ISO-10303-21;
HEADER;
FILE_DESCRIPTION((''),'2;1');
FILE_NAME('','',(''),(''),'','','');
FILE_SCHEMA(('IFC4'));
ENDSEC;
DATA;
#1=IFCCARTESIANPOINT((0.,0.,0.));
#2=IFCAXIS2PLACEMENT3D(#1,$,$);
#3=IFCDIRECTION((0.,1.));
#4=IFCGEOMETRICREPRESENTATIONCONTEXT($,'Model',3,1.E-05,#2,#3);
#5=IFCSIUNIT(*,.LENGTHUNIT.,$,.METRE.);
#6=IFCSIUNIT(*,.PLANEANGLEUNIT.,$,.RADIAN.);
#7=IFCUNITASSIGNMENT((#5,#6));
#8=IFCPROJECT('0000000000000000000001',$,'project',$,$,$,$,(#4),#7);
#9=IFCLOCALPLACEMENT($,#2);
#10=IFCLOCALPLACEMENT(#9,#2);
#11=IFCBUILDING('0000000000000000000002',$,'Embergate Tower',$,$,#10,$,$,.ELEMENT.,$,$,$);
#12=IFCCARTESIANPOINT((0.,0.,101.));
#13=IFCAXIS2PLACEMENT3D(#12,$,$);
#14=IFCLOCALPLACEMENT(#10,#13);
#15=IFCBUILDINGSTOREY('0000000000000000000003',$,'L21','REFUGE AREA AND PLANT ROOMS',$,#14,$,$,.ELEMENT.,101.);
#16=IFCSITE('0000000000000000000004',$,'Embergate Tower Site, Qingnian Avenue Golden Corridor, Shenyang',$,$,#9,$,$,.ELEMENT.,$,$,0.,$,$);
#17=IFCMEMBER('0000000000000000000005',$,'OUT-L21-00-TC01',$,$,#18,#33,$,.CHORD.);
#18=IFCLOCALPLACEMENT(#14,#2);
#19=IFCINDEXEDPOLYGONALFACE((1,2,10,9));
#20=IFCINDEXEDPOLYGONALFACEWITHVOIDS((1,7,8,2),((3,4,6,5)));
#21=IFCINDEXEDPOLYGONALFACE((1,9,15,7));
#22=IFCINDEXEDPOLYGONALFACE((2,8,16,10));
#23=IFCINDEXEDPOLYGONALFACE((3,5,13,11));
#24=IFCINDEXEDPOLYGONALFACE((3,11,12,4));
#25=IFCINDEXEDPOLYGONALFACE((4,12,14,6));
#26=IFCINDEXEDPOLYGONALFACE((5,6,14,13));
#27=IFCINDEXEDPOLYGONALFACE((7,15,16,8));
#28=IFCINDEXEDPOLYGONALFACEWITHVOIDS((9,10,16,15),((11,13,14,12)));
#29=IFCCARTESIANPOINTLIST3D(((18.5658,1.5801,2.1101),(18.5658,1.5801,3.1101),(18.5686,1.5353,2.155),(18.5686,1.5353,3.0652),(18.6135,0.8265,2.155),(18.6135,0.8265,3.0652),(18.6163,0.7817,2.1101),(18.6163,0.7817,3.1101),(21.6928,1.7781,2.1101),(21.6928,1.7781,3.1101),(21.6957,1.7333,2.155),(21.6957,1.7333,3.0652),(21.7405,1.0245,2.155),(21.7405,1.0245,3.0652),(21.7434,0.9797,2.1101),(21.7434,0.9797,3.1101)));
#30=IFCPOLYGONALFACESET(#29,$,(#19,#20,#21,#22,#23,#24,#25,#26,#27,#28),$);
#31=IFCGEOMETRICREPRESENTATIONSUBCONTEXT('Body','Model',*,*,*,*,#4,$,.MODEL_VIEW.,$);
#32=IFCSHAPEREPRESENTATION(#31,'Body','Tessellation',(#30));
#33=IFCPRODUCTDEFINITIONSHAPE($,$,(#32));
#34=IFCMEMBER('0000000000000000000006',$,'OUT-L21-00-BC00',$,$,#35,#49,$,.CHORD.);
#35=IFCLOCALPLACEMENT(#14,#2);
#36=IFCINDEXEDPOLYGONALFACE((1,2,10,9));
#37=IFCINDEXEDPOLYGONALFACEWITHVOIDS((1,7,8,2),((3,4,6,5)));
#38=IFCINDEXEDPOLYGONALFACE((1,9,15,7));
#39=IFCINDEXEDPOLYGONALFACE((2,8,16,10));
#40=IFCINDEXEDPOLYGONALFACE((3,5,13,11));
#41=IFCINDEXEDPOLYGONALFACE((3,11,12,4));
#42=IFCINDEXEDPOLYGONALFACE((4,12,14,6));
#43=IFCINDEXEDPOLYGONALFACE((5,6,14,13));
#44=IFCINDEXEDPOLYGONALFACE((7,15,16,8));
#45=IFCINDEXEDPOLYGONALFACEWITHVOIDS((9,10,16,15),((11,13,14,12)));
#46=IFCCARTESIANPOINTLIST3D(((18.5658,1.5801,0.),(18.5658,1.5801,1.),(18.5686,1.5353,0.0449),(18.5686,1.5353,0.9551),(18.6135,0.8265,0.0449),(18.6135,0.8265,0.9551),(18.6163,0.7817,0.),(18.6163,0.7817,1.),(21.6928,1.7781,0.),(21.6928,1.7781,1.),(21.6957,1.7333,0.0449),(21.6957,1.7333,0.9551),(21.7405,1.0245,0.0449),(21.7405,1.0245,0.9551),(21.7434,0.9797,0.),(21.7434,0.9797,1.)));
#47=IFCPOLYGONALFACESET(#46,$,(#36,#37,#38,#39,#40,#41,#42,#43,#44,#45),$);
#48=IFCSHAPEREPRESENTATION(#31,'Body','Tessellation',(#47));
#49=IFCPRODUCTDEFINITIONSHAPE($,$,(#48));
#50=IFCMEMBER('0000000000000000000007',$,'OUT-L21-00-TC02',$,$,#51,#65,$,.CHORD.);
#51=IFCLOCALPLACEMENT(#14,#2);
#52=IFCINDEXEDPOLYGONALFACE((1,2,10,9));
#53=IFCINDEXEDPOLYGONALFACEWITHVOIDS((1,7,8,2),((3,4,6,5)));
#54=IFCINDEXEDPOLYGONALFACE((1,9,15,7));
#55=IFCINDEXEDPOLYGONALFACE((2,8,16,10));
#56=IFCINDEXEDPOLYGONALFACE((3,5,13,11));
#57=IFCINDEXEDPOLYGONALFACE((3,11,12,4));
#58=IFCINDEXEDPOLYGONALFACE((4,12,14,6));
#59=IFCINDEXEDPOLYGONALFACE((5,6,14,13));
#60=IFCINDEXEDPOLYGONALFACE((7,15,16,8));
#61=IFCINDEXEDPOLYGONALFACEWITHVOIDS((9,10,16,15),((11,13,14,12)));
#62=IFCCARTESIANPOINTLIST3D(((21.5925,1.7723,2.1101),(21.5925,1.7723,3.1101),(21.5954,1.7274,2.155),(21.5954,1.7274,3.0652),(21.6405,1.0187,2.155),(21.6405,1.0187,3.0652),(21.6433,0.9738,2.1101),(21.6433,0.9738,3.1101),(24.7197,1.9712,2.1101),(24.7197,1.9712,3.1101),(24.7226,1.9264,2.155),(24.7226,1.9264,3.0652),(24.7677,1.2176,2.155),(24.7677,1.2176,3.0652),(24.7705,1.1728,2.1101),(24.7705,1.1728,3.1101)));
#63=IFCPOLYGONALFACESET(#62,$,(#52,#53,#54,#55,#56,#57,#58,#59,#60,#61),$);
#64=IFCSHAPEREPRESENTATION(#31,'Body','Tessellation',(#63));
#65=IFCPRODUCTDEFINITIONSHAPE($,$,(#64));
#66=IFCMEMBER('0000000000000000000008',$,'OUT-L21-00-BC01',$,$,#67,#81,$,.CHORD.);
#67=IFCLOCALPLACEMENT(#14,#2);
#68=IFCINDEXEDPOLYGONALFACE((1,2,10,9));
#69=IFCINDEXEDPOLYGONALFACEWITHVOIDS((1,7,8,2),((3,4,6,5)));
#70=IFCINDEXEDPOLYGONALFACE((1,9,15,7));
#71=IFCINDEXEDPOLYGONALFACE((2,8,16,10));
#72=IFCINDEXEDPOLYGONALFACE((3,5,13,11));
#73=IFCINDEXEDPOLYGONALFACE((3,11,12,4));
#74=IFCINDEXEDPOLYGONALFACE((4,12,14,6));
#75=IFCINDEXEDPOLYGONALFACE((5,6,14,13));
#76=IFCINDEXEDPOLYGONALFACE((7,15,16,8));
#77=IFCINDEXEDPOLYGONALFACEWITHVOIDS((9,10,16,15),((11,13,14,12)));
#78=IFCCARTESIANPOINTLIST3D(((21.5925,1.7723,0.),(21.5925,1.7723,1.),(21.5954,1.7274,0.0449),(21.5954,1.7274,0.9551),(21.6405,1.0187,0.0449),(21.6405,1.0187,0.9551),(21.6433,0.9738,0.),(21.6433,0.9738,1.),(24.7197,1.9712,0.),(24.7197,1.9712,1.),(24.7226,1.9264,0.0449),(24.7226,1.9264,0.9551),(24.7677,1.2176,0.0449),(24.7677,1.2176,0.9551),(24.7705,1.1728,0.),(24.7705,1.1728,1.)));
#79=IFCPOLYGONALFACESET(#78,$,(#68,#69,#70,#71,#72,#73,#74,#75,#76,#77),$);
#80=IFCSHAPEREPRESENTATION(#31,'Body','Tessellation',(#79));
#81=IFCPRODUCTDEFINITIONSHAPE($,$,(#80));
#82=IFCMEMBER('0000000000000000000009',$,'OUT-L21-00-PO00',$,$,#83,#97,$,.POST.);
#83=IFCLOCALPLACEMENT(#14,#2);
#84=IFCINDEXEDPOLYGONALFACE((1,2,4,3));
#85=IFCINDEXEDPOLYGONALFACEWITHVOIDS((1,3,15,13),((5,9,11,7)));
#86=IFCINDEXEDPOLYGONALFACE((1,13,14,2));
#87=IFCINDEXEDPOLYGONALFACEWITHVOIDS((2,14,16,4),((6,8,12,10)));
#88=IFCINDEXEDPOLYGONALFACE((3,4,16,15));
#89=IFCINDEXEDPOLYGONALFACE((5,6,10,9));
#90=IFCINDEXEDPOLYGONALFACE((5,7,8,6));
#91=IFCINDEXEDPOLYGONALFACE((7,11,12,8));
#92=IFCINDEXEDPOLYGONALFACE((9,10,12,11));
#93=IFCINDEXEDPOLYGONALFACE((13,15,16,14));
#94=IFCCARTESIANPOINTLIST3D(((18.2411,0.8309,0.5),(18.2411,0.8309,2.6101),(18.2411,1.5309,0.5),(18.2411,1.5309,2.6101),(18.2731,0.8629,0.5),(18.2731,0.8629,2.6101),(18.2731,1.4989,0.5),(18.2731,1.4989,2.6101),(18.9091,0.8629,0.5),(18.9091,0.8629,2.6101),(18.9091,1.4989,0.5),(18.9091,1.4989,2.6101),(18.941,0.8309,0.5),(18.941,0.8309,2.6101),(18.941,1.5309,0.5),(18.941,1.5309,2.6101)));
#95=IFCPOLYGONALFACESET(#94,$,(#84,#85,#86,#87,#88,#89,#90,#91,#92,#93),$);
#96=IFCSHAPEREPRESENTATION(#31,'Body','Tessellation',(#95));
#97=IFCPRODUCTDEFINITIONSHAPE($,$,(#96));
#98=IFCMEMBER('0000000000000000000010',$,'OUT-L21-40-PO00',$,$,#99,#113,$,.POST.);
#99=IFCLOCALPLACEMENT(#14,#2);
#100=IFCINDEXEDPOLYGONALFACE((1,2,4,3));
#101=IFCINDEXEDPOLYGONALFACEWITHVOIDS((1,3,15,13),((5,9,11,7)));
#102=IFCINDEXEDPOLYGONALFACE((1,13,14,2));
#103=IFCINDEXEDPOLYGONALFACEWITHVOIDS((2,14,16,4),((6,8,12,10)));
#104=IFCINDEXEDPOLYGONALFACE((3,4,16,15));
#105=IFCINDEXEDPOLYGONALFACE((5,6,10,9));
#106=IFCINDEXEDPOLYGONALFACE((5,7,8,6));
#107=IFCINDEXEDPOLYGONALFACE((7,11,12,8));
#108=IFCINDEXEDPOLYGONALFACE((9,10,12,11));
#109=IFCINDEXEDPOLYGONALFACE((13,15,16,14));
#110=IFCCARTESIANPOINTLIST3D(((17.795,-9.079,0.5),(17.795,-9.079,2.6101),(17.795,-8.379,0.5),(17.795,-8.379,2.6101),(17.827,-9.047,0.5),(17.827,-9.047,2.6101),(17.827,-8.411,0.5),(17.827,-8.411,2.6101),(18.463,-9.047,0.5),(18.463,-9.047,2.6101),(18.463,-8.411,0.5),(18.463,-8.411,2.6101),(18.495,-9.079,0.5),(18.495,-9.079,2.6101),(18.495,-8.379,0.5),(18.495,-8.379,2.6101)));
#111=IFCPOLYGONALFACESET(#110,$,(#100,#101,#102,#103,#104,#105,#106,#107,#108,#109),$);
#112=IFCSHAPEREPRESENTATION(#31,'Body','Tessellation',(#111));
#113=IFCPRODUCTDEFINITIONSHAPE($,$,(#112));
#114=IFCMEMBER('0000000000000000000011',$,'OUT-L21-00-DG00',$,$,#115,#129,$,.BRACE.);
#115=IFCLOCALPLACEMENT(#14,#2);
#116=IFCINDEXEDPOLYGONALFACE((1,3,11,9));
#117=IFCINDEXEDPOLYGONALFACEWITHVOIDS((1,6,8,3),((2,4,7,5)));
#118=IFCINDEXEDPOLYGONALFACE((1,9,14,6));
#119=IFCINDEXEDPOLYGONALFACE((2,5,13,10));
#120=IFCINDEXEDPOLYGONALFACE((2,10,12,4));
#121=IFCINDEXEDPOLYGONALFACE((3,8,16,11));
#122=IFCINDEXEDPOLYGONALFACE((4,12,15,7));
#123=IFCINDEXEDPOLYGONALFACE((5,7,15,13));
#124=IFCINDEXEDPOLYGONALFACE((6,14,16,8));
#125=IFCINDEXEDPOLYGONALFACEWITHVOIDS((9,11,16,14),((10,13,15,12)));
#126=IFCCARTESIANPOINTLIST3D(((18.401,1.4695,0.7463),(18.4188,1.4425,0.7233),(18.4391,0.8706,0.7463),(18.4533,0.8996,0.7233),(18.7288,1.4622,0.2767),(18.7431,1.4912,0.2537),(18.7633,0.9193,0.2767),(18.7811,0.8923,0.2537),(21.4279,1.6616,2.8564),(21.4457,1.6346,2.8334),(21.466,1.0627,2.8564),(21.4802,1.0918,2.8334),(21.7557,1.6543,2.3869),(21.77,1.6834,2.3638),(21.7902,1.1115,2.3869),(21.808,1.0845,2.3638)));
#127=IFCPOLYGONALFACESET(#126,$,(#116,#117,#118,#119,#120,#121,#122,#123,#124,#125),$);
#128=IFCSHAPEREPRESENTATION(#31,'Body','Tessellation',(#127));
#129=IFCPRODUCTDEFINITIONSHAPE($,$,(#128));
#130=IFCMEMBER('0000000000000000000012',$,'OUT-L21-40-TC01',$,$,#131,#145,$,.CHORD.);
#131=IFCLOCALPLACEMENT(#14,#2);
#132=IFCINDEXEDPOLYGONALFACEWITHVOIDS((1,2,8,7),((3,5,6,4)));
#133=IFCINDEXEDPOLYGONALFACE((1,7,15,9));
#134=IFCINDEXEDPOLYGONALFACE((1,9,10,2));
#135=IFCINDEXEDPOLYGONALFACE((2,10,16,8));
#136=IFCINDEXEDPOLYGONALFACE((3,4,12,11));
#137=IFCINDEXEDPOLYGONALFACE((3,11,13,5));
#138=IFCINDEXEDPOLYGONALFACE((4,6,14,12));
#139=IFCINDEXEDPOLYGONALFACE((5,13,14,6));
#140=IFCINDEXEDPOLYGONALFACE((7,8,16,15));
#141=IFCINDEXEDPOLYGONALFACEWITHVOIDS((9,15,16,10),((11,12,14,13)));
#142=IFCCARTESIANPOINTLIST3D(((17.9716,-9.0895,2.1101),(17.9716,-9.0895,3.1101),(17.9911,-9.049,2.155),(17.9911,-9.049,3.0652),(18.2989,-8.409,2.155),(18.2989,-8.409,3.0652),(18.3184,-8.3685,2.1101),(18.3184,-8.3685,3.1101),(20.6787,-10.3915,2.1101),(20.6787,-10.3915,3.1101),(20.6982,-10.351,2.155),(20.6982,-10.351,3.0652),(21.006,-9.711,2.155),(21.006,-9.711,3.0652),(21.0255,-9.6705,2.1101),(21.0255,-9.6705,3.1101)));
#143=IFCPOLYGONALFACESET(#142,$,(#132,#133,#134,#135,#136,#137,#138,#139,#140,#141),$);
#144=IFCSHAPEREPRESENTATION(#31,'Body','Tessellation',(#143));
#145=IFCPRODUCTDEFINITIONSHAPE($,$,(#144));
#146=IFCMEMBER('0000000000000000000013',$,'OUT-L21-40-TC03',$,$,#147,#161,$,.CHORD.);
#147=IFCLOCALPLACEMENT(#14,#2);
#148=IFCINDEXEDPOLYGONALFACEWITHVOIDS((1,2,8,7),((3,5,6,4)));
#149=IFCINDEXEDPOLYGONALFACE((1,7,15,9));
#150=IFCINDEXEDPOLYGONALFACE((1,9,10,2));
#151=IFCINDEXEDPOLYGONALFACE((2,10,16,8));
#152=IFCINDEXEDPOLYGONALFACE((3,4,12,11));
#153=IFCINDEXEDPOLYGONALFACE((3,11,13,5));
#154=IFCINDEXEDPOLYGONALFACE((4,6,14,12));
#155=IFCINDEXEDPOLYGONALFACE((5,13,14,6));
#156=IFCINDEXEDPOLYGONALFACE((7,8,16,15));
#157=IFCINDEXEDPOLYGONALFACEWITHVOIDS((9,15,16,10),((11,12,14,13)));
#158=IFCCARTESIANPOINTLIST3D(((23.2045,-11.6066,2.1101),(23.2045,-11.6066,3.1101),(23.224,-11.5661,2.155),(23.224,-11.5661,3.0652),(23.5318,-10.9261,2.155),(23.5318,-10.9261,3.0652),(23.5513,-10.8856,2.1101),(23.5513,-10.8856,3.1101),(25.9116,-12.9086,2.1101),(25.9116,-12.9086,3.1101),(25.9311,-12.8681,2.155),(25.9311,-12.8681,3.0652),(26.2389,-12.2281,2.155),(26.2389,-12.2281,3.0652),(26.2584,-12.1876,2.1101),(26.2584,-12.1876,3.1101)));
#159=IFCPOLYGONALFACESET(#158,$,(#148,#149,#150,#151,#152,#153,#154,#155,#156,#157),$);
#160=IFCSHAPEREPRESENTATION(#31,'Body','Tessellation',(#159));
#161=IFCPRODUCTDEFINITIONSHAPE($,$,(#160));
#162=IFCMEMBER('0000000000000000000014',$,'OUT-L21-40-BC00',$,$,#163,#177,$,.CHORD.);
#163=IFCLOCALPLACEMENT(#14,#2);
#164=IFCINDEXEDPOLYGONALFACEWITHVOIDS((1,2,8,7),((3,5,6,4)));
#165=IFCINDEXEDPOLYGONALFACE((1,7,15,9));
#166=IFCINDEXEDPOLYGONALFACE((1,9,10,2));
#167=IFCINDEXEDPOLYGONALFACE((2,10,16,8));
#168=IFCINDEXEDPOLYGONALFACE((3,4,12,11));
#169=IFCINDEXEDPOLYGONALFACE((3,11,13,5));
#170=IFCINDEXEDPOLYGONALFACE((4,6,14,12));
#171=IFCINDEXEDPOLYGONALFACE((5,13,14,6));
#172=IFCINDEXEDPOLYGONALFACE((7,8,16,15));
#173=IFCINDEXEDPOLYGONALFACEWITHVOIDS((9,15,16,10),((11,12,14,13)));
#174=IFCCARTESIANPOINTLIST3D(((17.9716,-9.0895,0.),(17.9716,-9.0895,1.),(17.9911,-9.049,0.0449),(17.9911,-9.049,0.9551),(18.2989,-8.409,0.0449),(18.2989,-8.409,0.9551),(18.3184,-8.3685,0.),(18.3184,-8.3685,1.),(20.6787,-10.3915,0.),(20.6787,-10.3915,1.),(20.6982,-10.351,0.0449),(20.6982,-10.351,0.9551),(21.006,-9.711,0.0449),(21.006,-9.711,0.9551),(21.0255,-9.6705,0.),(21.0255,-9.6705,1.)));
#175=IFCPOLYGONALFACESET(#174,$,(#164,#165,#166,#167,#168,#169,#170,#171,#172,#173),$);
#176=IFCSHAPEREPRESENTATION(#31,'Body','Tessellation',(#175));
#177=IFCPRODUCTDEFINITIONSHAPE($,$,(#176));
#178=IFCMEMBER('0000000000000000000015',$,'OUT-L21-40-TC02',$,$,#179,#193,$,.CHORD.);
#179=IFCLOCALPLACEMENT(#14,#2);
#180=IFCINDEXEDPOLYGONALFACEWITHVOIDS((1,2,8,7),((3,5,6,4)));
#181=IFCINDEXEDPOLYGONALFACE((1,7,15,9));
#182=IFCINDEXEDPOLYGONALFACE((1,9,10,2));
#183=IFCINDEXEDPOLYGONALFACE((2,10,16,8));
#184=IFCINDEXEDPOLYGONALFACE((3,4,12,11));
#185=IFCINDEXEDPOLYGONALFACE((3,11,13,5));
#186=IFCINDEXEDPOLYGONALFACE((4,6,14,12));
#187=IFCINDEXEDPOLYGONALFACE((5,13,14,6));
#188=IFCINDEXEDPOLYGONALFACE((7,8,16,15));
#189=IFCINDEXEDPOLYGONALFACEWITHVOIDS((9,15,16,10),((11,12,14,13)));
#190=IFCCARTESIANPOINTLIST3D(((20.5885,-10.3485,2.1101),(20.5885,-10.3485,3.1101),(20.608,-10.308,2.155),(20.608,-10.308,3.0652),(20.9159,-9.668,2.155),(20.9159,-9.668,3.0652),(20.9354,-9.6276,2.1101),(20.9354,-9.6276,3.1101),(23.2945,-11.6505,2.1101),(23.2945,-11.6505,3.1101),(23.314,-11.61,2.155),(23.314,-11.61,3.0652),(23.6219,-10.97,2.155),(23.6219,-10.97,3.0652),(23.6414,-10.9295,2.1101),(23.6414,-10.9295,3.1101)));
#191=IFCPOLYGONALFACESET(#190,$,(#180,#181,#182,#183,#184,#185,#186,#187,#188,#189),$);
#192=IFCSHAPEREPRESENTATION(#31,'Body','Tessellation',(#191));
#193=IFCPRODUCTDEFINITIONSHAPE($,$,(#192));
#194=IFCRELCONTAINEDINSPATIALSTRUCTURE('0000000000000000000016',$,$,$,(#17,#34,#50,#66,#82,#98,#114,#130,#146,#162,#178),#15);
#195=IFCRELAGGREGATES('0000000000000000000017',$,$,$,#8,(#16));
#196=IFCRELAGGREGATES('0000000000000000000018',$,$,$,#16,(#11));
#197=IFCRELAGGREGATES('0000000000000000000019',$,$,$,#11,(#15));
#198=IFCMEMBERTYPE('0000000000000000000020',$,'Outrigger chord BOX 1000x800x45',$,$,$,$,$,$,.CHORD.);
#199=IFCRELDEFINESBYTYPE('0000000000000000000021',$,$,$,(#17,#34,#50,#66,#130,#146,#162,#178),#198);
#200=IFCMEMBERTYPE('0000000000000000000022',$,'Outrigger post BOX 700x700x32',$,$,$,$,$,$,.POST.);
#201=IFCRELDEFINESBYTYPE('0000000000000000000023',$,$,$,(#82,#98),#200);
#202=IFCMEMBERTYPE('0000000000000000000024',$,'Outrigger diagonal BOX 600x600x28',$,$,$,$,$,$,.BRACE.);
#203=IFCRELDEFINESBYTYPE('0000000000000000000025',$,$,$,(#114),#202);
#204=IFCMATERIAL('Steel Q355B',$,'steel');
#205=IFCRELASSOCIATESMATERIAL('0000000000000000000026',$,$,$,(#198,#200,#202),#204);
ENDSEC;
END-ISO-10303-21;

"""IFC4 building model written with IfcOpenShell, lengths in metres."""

from ifc_helpers import new_model, si_unit, direction, frame, origin, origin_2d, place, context, subcontext, project, spatial, hollow_rectangle, extrude, source, transform, mapped, material, material_profile, profile_set, type_object, element, save


model = new_model("IFC4")

# Units and contexts
model_context = context("Model", 3, precision=1e-05, world=origin(), true_north=direction((0.0, 1.0)))
body_context = subcontext(model_context, "Body", "Model", "MODEL_VIEW")
ifc_project = project(units=[si_unit("LENGTHUNIT", "METRE"), si_unit("PLANEANGLEUNIT", "RADIAN")], contexts=[model_context])

# Site, building, storey
site_placement = place(None, origin())
site = spatial("IfcSite", under=ifc_project, at=site_placement, Name="Embergate Tower Site, Qingnian Avenue Golden Corridor, Shenyang", CompositionType="ELEMENT", RefElevation=0.0)
building_placement = place(site_placement, origin())
building = spatial("IfcBuilding", under=site, at=building_placement, Name="Embergate Tower", CompositionType="ELEMENT")
storey_placement = place(building_placement, frame((0.0, 0.0, 101.0)))
storey = spatial("IfcBuildingStorey", under=building, at=storey_placement, Name="L21", Description="REFUGE AREA AND PLANT ROOMS", CompositionType="ELEMENT", Elevation=101.0)

# Members
ifc_material_1 = material(Name="Steel Q355B", Category="steel")
ifc_material_profile_1 = material_profile(ifc_material_1, hollow_rectangle(XDim=0.8, YDim=1.0, WallThickness=0.0449, at=origin_2d()), Name="BOX 1000x800x45")
ifc_profile_set_1 = profile_set([ifc_material_profile_1], Name="Steel Q355 grade B")
member_type_1 = type_object("IfcMemberType", Name="Outrigger chord BOX 1000x800x45", PredefinedType="CHORD", material=ifc_profile_set_1)
shared_shape_1 = source(origin(), body_context, "Body", "SweptSolid", [
    extrude(hollow_rectangle(XDim=0.8, YDim=1.0, WallThickness=0.0449, at=origin_2d()), origin(), (0.0, 0.0, 1.0), 3.1333),
])
for number, where, z_axis, x_axis, name in (
    (1, (18.5911, 1.1809, 2.6101), (0.998001, 0.063193, 0.0), (-0.063193, 0.998001, 0.0), "OUT-L21-00-TC01"),
    (2, (18.5911, 1.1809, 0.5), (0.998001, 0.063193, 0.0), (-0.063193, 0.998001, 0.0), "OUT-L21-00-BC00"),
):
    element("IfcMember", number, at=place(storey_placement, frame(where, z_axis=z_axis, x_axis=x_axis)), inside=storey, type_object=member_type_1, Name=name, PredefinedType="CHORD", context=body_context, shape_type="MappedRepresentation", body=[
        mapped(shared_shape_1, transform((0.0, 0.0, 0.0))),
    ])
shared_shape_2 = source(origin(), body_context, "Body", "SweptSolid", [
    extrude(hollow_rectangle(XDim=0.8, YDim=1.0, WallThickness=0.0449, at=origin_2d()), origin(), (0.0, 0.0, 1.0), 3.1335),
])
for number, where, z_axis, x_axis, name in (
    (3, (21.6179, 1.373, 2.6101), (0.997982, 0.063499, 0.0), (-0.063499, 0.997982, 0.0), "OUT-L21-00-TC02"),
    (4, (21.6179, 1.373, 0.5), (0.997982, 0.063499, 0.0), (-0.063499, 0.997982, 0.0), "OUT-L21-00-BC01"),
):
    element("IfcMember", number, at=place(storey_placement, frame(where, z_axis=z_axis, x_axis=x_axis)), inside=storey, type_object=member_type_1, Name=name, PredefinedType="CHORD", context=body_context, shape_type="MappedRepresentation", body=[
        mapped(shared_shape_2, transform((0.0, 0.0, 0.0))),
    ])
ifc_material_profile_2 = material_profile(ifc_material_1, hollow_rectangle(XDim=0.7, YDim=0.7, WallThickness=0.032, at=origin_2d()), Name="BOX 700x700x32")
ifc_profile_set_2 = profile_set([ifc_material_profile_2], Name="Steel Q355 grade B")
member_type_2 = type_object("IfcMemberType", Name="Outrigger post BOX 700x700x32", PredefinedType="POST", material=ifc_profile_set_2)
shared_shape_3 = source(origin(), body_context, "Body", "SweptSolid", [
    extrude(hollow_rectangle(XDim=0.7, YDim=0.7, WallThickness=0.032, at=origin_2d()), origin(), (0.0, 0.0, 1.0), 2.1101),
])
for number, where, z_axis, x_axis, name in (
    (5, (18.5911, 1.1809, 0.5), (0.0, 0.0, 1.0), (1.0, 0.0, 0.0), "OUT-L21-00-PO00"),
    (6, (18.145, -8.729, 0.5), (0.0, 0.0, 1.0), (1.0, 0.0, 0.0), "OUT-L21-40-PO00"),
):
    element("IfcMember", number, at=place(storey_placement, frame(where, z_axis=z_axis, x_axis=x_axis)), inside=storey, type_object=member_type_2, Name=name, PredefinedType="POST", context=body_context, shape_type="MappedRepresentation", body=[
        mapped(shared_shape_3, transform((0.0, 0.0, 0.0))),
    ])
ifc_material_profile_3 = material_profile(ifc_material_1, hollow_rectangle(XDim=0.6001, YDim=0.6001, WallThickness=0.0281, at=origin_2d()), Name="BOX 600x600x28")
ifc_profile_set_3 = profile_set([ifc_material_profile_3], Name="Steel Q355 grade B")
member_type_3 = type_object("IfcMemberType", Name="Outrigger diagonal BOX 600x600x28", PredefinedType="BRACE", material=ifc_profile_set_3)
shared_shape_4 = source(origin(), body_context, "Body", "SweptSolid", [
    extrude(hollow_rectangle(XDim=0.6001, YDim=0.6001, WallThickness=0.0281, at=origin_2d()), origin(), (0.0, 0.0, 1.0), 3.6948),
])
member_1_placement = place(storey_placement, frame((18.5911, 1.1809, 0.5), z_axis=(0.819227, 0.052003, 0.571107), x_axis=(-0.06335, 0.997991, 0.0)))
element("IfcMember", 7, at=member_1_placement, inside=storey, type_object=member_type_3, Name="OUT-L21-00-DG00", PredefinedType="BRACE", context=body_context, shape_type="MappedRepresentation", body=[
    mapped(shared_shape_4, transform((0.0, 0.0, 0.0))),
])
shared_shape_5 = source(origin(), body_context, "Body", "SweptSolid", [
    extrude(hollow_rectangle(XDim=0.8, YDim=1.0, WallThickness=0.0449, at=origin_2d()), origin(), (0.0, 0.0, 1.0), 3.0039),
])
for number, where, z_axis, x_axis, name in (
    (8, (18.145, -8.729, 2.6101), (0.901182, -0.433442, 0.0), (0.433442, 0.901182, 0.0), "OUT-L21-40-TC01"),
    (9, (23.3779, -11.2461, 2.6101), (0.901182, -0.433442, 0.0), (0.433442, 0.901182, 0.0), "OUT-L21-40-TC03"),
    (10, (18.145, -8.729, 0.5), (0.901182, -0.433442, 0.0), (0.433442, 0.901182, 0.0), "OUT-L21-40-BC00"),
):
    element("IfcMember", number, at=place(storey_placement, frame(where, z_axis=z_axis, x_axis=x_axis)), inside=storey, type_object=member_type_1, Name=name, PredefinedType="CHORD", context=body_context, shape_type="MappedRepresentation", body=[
        mapped(shared_shape_5, transform((0.0, 0.0, 0.0))),
    ])
shared_shape_6 = source(origin(), body_context, "Body", "SweptSolid", [
    extrude(hollow_rectangle(XDim=0.8, YDim=1.0, WallThickness=0.0449, at=origin_2d()), origin(), (0.0, 0.0, 1.0), 3.0029),
])
for number, where, z_axis, x_axis, name in (
    (11, (20.762, -9.988, 2.6101), (0.901121, -0.433569, 0.0), (0.433569, 0.901121, 0.0), "OUT-L21-40-TC02"),
):
    element("IfcMember", number, at=place(storey_placement, frame(where, z_axis=z_axis, x_axis=x_axis)), inside=storey, type_object=member_type_1, Name=name, PredefinedType="CHORD", context=body_context, shape_type="MappedRepresentation", body=[
        mapped(shared_shape_6, transform((0.0, 0.0, 0.0))),
    ])

save(model, "model.ifc")
